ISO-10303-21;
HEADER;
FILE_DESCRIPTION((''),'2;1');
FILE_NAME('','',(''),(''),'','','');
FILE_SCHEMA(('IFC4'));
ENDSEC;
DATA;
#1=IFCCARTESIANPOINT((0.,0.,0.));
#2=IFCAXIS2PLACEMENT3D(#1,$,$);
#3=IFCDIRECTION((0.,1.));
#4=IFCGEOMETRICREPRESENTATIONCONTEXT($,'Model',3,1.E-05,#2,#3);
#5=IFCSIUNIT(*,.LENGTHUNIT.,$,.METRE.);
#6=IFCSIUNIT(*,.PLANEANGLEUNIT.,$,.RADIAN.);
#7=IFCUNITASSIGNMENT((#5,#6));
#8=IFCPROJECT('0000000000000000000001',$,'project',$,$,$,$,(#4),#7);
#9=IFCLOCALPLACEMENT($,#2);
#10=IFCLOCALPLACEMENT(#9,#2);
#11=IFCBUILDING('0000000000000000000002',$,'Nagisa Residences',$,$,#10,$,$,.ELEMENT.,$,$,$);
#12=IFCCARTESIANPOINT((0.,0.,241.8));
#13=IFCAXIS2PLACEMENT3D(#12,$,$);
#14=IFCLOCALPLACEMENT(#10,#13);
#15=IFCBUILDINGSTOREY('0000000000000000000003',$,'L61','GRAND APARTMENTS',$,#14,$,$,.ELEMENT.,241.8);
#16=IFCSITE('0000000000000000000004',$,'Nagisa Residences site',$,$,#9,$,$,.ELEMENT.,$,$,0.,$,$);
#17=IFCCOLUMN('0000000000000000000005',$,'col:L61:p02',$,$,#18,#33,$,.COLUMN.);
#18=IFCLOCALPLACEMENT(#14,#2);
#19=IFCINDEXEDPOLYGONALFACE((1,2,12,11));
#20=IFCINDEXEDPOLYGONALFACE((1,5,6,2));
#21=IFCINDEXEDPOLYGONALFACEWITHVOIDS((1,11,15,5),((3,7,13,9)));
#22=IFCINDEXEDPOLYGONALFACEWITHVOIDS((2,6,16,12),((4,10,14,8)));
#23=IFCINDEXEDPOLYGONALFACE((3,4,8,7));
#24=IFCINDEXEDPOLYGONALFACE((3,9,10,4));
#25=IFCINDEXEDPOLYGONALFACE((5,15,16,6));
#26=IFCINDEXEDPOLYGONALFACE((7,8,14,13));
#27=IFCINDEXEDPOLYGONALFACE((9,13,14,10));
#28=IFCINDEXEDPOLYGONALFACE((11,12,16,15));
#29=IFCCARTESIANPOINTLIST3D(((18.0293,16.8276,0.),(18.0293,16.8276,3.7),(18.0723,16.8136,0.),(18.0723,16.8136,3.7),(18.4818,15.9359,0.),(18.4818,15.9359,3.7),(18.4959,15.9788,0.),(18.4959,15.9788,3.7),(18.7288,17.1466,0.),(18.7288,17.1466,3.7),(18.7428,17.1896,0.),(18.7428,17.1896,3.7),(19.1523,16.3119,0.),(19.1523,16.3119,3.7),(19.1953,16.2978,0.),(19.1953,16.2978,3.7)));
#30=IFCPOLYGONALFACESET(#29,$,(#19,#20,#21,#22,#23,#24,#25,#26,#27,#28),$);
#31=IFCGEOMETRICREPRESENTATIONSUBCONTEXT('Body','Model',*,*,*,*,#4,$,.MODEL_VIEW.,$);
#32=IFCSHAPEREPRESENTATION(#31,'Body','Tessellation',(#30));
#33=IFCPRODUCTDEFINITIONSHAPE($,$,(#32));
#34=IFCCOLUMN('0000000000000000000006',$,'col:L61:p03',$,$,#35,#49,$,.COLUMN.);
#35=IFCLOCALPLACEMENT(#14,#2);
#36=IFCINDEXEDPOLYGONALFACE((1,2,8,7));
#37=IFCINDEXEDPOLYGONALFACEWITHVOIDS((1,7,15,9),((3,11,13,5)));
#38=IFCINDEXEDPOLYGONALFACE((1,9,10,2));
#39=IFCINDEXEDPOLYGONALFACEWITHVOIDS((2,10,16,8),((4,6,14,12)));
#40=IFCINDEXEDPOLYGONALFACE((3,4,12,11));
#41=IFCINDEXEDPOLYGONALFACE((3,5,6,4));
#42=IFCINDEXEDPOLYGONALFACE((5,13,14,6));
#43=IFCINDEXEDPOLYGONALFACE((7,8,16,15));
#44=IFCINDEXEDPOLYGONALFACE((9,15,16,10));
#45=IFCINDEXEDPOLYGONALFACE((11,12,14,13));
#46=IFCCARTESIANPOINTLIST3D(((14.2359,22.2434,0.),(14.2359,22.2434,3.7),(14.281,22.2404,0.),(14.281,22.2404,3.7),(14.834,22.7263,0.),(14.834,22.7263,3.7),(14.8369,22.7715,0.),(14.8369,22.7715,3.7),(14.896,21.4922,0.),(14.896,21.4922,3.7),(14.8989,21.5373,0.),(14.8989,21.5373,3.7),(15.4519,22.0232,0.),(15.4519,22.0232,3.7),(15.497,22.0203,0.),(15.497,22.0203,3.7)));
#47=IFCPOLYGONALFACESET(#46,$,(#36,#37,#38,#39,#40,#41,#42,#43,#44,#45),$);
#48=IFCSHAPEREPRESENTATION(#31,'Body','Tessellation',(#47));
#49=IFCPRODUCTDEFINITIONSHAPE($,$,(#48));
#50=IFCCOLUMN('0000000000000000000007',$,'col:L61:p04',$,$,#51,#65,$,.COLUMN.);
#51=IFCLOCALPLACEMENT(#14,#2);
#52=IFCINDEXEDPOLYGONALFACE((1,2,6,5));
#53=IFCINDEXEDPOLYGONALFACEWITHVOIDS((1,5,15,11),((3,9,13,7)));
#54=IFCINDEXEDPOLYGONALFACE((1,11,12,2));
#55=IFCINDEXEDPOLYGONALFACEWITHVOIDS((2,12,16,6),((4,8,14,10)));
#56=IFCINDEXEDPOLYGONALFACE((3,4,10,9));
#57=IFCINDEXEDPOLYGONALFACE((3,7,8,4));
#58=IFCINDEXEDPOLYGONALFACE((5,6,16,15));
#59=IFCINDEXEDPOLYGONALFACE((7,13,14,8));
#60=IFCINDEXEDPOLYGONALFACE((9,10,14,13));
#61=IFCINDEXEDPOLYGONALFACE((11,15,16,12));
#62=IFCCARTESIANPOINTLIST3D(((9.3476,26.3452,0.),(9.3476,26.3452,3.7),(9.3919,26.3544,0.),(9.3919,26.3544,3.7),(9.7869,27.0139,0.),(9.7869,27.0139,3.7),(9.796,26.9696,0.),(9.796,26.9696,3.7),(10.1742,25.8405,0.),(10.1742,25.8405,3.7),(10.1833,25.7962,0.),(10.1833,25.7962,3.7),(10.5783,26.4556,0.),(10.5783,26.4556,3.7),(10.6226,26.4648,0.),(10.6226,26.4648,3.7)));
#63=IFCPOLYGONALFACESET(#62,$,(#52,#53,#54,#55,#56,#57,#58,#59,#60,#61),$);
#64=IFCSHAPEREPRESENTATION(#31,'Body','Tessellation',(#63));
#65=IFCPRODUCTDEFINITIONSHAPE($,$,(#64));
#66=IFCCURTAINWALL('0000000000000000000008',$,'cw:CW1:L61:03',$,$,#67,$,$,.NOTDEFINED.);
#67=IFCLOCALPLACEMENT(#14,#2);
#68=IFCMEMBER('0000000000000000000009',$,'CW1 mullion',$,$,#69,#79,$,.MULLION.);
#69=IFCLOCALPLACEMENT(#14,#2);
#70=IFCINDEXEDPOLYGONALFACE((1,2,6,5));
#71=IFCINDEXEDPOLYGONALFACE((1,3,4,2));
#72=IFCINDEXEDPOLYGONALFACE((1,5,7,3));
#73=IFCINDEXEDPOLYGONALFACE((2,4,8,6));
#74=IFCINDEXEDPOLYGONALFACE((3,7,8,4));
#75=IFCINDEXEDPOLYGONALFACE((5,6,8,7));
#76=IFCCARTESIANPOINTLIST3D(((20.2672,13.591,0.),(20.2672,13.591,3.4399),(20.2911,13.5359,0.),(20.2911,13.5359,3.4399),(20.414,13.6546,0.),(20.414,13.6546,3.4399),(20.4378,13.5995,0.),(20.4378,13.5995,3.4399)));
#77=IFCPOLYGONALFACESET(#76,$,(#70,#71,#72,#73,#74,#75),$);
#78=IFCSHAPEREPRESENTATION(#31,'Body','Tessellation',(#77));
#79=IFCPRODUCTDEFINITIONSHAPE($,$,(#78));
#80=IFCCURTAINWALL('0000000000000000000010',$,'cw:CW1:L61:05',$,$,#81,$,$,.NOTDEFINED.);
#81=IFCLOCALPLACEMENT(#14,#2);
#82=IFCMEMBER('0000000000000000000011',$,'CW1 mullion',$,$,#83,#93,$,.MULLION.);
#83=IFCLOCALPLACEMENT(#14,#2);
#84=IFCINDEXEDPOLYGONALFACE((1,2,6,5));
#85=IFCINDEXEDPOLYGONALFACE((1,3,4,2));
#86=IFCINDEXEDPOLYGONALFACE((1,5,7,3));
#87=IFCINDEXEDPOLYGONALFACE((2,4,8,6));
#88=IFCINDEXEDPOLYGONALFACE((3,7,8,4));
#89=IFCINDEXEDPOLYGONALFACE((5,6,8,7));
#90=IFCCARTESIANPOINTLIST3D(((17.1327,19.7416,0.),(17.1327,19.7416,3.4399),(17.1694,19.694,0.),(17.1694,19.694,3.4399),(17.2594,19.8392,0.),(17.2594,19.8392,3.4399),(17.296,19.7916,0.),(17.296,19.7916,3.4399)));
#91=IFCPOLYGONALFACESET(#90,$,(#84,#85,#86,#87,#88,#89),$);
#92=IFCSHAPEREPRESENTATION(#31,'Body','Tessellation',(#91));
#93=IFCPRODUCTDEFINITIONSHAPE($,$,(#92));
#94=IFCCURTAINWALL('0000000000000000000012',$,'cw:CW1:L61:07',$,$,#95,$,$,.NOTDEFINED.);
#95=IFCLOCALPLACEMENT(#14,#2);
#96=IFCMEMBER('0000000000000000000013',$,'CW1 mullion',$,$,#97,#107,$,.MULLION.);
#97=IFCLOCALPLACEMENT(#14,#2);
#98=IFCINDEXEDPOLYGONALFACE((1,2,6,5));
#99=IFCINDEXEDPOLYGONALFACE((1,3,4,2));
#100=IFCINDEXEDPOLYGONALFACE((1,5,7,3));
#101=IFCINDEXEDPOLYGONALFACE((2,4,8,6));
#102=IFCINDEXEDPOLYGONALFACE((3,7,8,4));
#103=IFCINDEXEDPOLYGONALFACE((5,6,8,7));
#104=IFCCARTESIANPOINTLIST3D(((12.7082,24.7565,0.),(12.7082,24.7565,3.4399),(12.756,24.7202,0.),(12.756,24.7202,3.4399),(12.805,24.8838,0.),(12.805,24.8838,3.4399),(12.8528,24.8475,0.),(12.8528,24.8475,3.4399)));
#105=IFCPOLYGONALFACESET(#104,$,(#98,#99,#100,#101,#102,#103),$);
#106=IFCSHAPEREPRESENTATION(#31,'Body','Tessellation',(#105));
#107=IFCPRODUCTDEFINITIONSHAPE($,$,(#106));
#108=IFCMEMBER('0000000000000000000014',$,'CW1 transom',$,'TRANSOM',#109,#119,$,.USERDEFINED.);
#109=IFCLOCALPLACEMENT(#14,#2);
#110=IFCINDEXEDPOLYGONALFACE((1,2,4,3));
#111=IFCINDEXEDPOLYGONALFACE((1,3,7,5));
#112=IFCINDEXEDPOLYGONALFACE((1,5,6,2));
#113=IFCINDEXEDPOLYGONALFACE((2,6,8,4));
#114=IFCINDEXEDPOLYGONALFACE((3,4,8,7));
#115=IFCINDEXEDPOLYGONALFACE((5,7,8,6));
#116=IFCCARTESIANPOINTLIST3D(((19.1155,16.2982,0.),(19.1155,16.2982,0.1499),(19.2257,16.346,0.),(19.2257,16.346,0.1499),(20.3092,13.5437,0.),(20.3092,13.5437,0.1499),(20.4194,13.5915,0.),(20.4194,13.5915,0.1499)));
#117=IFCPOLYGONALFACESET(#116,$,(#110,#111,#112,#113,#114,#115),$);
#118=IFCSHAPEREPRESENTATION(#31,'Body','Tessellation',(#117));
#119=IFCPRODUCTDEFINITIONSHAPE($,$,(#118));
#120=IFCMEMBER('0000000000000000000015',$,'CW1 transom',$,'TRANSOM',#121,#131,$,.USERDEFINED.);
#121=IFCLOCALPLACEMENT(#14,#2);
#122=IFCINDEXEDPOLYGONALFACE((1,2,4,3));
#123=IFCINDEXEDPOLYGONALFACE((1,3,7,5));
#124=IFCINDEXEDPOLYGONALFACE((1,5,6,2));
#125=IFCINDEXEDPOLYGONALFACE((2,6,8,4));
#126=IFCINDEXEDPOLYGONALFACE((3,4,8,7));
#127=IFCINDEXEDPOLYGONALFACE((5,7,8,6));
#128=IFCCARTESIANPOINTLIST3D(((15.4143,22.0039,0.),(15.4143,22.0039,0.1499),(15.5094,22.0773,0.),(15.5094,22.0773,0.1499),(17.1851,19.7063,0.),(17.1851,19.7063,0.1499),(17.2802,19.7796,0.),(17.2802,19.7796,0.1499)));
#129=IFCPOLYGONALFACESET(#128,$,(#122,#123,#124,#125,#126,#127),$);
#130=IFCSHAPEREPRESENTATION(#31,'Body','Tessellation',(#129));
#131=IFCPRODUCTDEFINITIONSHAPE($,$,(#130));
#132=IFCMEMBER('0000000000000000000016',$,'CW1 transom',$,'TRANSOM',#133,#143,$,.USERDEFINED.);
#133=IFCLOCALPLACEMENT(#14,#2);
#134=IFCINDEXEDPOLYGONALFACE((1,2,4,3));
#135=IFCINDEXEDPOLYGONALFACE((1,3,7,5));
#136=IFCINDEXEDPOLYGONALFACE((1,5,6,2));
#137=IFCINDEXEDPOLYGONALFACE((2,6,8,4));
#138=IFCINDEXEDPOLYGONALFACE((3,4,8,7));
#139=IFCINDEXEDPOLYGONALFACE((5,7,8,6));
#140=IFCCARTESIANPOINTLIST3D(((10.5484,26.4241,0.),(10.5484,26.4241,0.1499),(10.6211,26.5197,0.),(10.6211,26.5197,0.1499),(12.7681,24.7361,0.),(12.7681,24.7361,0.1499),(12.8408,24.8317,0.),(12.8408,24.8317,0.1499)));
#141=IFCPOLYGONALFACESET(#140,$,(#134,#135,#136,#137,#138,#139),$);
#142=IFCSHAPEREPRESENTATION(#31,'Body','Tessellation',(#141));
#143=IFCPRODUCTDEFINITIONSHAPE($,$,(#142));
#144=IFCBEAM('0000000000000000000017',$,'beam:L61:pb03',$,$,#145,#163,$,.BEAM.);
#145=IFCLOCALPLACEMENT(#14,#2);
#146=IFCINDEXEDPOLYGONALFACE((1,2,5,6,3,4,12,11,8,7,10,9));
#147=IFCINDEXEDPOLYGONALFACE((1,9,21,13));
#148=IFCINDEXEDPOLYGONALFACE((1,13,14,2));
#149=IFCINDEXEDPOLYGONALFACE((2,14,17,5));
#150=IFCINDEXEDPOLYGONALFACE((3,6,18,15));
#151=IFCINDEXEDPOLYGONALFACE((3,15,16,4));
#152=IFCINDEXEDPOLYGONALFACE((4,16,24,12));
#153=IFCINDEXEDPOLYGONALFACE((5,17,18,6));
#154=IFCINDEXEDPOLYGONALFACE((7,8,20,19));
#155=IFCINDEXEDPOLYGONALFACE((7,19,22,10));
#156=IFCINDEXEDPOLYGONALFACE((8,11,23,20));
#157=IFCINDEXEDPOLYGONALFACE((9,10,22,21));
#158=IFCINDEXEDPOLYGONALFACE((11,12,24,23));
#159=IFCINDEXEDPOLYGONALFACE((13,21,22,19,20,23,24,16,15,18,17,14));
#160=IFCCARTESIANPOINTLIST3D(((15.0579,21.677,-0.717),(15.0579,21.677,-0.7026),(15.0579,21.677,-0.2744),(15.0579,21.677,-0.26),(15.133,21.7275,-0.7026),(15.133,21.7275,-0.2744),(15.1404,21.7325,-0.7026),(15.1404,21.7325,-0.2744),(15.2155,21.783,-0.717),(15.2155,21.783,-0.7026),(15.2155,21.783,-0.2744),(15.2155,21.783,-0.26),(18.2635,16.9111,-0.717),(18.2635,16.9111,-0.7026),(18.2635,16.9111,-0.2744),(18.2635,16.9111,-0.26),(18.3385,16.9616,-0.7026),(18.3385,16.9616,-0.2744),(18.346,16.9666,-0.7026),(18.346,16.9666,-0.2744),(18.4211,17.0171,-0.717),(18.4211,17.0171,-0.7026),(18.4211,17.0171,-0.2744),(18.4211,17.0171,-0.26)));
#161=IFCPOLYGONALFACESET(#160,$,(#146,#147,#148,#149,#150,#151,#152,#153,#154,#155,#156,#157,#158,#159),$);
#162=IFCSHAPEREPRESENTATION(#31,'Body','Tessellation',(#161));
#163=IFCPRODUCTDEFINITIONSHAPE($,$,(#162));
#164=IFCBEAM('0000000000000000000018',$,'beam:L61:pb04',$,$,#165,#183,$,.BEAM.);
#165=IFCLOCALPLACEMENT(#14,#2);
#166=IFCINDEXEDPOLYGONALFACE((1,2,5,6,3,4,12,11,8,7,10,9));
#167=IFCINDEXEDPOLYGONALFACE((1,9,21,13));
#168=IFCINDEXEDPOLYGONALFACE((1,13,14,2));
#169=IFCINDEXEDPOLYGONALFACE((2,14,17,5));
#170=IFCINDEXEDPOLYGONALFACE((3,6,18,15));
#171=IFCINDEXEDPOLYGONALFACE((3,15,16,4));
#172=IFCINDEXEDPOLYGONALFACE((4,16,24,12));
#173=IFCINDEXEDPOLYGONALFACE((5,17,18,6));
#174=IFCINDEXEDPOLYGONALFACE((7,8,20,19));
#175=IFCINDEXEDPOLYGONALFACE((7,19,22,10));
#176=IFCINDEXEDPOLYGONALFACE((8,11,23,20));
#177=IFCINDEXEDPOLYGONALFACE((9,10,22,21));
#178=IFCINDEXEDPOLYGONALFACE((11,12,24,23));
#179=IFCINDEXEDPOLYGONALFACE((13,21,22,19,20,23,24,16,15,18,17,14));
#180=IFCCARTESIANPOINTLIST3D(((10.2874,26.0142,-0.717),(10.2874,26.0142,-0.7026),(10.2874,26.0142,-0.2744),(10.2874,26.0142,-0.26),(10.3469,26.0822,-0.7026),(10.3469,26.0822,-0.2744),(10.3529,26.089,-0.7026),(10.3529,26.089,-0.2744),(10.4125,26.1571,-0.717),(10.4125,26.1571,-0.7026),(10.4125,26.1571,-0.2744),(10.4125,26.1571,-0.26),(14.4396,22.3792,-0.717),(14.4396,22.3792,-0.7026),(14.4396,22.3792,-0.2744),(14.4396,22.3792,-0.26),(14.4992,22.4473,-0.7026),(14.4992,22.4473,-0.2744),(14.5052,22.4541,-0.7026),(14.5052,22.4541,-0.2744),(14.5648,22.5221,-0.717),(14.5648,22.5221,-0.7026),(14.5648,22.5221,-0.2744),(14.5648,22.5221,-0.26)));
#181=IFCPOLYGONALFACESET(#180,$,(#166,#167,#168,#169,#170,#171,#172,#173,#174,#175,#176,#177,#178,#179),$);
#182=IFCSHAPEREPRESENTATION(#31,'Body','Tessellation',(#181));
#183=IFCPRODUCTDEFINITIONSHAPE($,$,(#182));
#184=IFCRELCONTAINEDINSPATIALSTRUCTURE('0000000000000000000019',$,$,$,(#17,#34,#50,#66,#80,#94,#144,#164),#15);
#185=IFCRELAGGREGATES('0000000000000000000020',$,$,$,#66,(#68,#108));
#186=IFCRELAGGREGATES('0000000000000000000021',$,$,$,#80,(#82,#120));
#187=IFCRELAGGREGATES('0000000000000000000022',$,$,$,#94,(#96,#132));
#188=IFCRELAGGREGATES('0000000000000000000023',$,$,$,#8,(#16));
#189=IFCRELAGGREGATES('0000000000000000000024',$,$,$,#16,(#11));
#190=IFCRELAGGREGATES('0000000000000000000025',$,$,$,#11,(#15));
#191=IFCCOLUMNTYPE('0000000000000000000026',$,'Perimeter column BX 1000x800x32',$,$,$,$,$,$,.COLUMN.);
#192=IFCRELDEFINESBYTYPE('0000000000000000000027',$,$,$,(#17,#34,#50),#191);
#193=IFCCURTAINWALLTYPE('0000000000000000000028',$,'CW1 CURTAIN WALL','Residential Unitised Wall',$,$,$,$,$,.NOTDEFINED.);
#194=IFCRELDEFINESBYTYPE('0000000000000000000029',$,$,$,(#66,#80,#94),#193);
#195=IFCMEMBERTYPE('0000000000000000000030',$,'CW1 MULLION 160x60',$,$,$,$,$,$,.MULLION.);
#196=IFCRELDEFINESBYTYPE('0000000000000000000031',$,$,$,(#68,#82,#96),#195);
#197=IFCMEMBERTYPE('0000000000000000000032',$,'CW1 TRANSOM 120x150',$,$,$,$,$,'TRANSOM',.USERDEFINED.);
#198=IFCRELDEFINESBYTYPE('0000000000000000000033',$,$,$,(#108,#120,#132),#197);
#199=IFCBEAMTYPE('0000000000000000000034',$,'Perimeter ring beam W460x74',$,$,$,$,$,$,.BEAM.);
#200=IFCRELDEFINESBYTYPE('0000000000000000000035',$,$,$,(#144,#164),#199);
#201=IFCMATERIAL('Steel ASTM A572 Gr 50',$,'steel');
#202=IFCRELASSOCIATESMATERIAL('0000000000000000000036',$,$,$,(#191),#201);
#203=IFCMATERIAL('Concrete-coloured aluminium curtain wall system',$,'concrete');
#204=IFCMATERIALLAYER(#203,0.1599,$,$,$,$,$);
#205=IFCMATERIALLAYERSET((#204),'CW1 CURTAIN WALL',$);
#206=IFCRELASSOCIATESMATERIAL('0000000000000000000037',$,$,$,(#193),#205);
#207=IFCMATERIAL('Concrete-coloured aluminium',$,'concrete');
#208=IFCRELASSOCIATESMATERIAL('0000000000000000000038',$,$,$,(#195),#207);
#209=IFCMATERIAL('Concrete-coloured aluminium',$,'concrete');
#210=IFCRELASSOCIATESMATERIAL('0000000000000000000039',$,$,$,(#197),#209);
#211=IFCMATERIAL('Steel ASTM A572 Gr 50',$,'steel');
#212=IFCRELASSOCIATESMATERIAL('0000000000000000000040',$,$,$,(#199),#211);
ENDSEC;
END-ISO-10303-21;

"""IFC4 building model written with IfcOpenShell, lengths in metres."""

from ifc_helpers import new_model, si_unit, direction, frame, origin, origin_2d, place, context, subcontext, project, spatial, rectangle, hollow_rectangle, i_section, extrude, material, layer, layer_set, material_profile, profile_set, type_object, element, aggregate, save


model = new_model("IFC4")

# Units and contexts
model_context = context("Model", 3, precision=1e-05, world=origin(), true_north=direction((0.0, 1.0)))
body_context = subcontext(model_context, "Body", "Model", "MODEL_VIEW")
ifc_project = project(units=[si_unit("LENGTHUNIT", "METRE"), si_unit("PLANEANGLEUNIT", "RADIAN")], contexts=[model_context])

# Site, building, storey
site_placement = place(None, origin())
site = spatial("IfcSite", under=ifc_project, at=site_placement, Name="Nagisa Residences site", CompositionType="ELEMENT", RefElevation=0.0)
building_placement = place(site_placement, origin())
building = spatial("IfcBuilding", under=site, at=building_placement, Name="Nagisa Residences", CompositionType="ELEMENT")
storey_placement = place(building_placement, frame((0.0, 0.0, 241.8)))
storey = spatial("IfcBuildingStorey", under=building, at=storey_placement, Name="L61", Description="GRAND APARTMENTS", CompositionType="ELEMENT", Elevation=241.8)

# Columns
ifc_material_1 = material(Name="Steel ASTM A572 Gr 50", Category="steel")
ifc_material_profile_1 = material_profile(ifc_material_1, hollow_rectangle(XDim=1.0, YDim=0.8, WallThickness=0.032, at=origin_2d()), Name="BX 1000x800x32")
ifc_profile_set_1 = profile_set([ifc_material_profile_1], Name="Steel ASTM A572 Gr 50")
column_type = type_object("IfcColumnType", Name="Perimeter column BX 1000x800x32", PredefinedType="COLUMN", material=ifc_profile_set_1)
for number, where, z_axis, x_axis, name in (
    (1, (18.6123, 16.5627, 0.0), (0.0, 0.0, 1.0), (-0.452463, 0.891783, 0.0), "col:L61:p02"),
    (2, (14.8665, 22.1318, 0.0), (0.0, 0.0, 1.0), (-0.660115, 0.751165, 0.0), "col:L61:p03"),
    (3, (9.9851, 26.405, 0.0), (0.0, 0.0, 1.0), (-0.835766, 0.549086, 0.0), "col:L61:p04"),
):
    element("IfcColumn", number, at=place(storey_placement, frame(where, z_axis=z_axis, x_axis=x_axis)), inside=storey, type_object=column_type, Name=name, PredefinedType="COLUMN", context=body_context, shape_type="SweptSolid", body=[
        extrude(hollow_rectangle(XDim=1.0, YDim=0.8, WallThickness=0.032, at=origin_2d()), origin(), (0.0, 0.0, 1.0), 3.7),
    ])

# Curtain walls, members
ifc_material_2 = material(Name="Concrete-coloured aluminium curtain wall system", Category="concrete")
ifc_layer_1 = layer(ifc_material_2, 0.1599)
ifc_layer_set_1 = layer_set([ifc_layer_1], Name="CW1 CURTAIN WALL")
curtain_wall_type = type_object("IfcCurtainWallType", Name="CW1 CURTAIN WALL", Description="Residential Unitised Wall", PredefinedType="NOTDEFINED", material=ifc_layer_set_1)
curtain_wall_1_placement = place(storey_placement, origin())
curtain_wall_1 = element("IfcCurtainWall", 4, at=curtain_wall_1_placement, inside=storey, type_object=curtain_wall_type, Name="cw:CW1:L61:03", PredefinedType="NOTDEFINED")
ifc_material_3 = material(Name="Concrete-coloured aluminium", Category="concrete")
ifc_material_profile_2 = material_profile(ifc_material_3, rectangle(XDim=0.1599, YDim=0.0601, at=origin_2d()), Name="CW1 MULLION 160x60")
ifc_profile_set_2 = profile_set([ifc_material_profile_2], Name="Concrete-coloured aluminium")
member_type_1 = type_object("IfcMemberType", Name="CW1 MULLION 160x60", PredefinedType="MULLION", material=ifc_profile_set_2)
member_1_placement = place(storey_placement, frame((20.3525, 13.5952, 0.0), z_axis=(0.0, 0.0, 1.0), x_axis=(-0.917543, -0.397636, 0.0)))
member_1 = element("IfcMember", 5, at=member_1_placement, type_object=member_type_1, Name="CW1 mullion", PredefinedType="MULLION", context=body_context, shape_type="SweptSolid", body=[
    extrude(rectangle(XDim=0.1599, YDim=0.0601, at=origin_2d()), origin(), (0.0, 0.0, 1.0), 3.4399),
])
curtain_wall_2_placement = place(storey_placement, origin())
curtain_wall_2 = element("IfcCurtainWall", 6, at=curtain_wall_2_placement, inside=storey, type_object=curtain_wall_type, Name="cw:CW1:L61:05", PredefinedType="NOTDEFINED")
member_2_placement = place(storey_placement, frame((17.2144, 19.7666, 0.0), z_axis=(0.0, 0.0, 1.0), x_axis=(-0.79207, -0.61043, 0.0)))
member_2 = element("IfcMember", 7, at=member_2_placement, type_object=member_type_1, Name="CW1 mullion", PredefinedType="MULLION", context=body_context, shape_type="SweptSolid", body=[
    extrude(rectangle(XDim=0.1599, YDim=0.0601, at=origin_2d()), origin(), (0.0, 0.0, 1.0), 3.4399),
])
curtain_wall_3_placement = place(storey_placement, origin())
curtain_wall_3 = element("IfcCurtainWall", 8, at=curtain_wall_3_placement, inside=storey, type_object=curtain_wall_type, Name="cw:CW1:L61:07", PredefinedType="NOTDEFINED")
member_3_placement = place(storey_placement, frame((12.7805, 24.802, 0.0), z_axis=(0.0, 0.0, 1.0), x_axis=(-0.605255, -0.796031, 0.0)))
member_3 = element("IfcMember", 9, at=member_3_placement, type_object=member_type_1, Name="CW1 mullion", PredefinedType="MULLION", context=body_context, shape_type="SweptSolid", body=[
    extrude(rectangle(XDim=0.1599, YDim=0.0601, at=origin_2d()), origin(), (0.0, 0.0, 1.0), 3.4399),
])

# Members
ifc_material_4 = material(Name="Concrete-coloured aluminium", Category="concrete")
ifc_material_profile_3 = material_profile(ifc_material_4, rectangle(XDim=0.1201, YDim=0.1499, at=origin_2d()), Name="CW1 TRANSOM 120x150")
ifc_profile_set_3 = profile_set([ifc_material_profile_3], Name="Concrete-coloured aluminium")
member_type_2 = type_object("IfcMemberType", Name="CW1 TRANSOM 120x150", ElementType="TRANSOM", PredefinedType="USERDEFINED", material=ifc_profile_set_3)
member_4_placement = place(storey_placement, frame((20.3643, 13.5676, 0.075), z_axis=(-0.397617, 0.917552, 0.0), x_axis=(-0.917552, -0.397617, 0.0)))
member_4 = element("IfcMember", 10, at=member_4_placement, type_object=member_type_2, Name="CW1 transom", ObjectType="TRANSOM", PredefinedType="USERDEFINED", context=body_context, shape_type="SweptSolid", body=[
    extrude(rectangle(XDim=0.1201, YDim=0.1499, at=origin_2d()), origin(), (0.0, 0.0, 1.0), 3.002),
])
member_5_placement = place(storey_placement, frame((17.2327, 19.7429, 0.075), z_axis=(-0.610439, 0.792064, 0.0), x_axis=(-0.792064, -0.610439, 0.0)))
member_5 = element("IfcMember", 11, at=member_5_placement, type_object=member_type_2, Name="CW1 transom", ObjectType="TRANSOM", PredefinedType="USERDEFINED", context=body_context, shape_type="SweptSolid", body=[
    extrude(rectangle(XDim=0.1201, YDim=0.1499, at=origin_2d()), origin(), (0.0, 0.0, 1.0), 2.9009),
])
member_6_placement = place(storey_placement, frame((12.8044, 24.7839, 0.075), z_axis=(-0.79599, 0.60531, 0.0), x_axis=(-0.60531, -0.79599, 0.0)))
member_6 = element("IfcMember", 12, at=member_6_placement, type_object=member_type_2, Name="CW1 transom", ObjectType="TRANSOM", PredefinedType="USERDEFINED", context=body_context, shape_type="SweptSolid", body=[
    extrude(rectangle(XDim=0.1201, YDim=0.1499, at=origin_2d()), origin(), (0.0, 0.0, 1.0), 2.7886),
])

# Beams
ifc_material_5 = material(Name="Steel ASTM A572 Gr 50", Category="steel")
ifc_material_profile_4 = material_profile(ifc_material_5, i_section(OverallWidth=0.1899, OverallDepth=0.457, WebThickness=0.009, FlangeThickness=0.0144, at=origin_2d()), Name="W460x74")
ifc_profile_set_4 = profile_set([ifc_material_profile_4], Name="Steel ASTM A572 Gr 50")
beam_type_1 = type_object("IfcBeamType", Name="Perimeter ring beam W460x74", PredefinedType="BEAM", material=ifc_profile_set_4)
beam_1_placement = place(storey_placement, frame((18.3423, 16.9641, -0.4885), z_axis=(-0.558109, 0.829768, 0.0), x_axis=(-0.829768, -0.558109, 0.0)))
element("IfcBeam", 13, at=beam_1_placement, inside=storey, type_object=beam_type_1, Name="beam:L61:pb03", PredefinedType="BEAM", context=body_context, shape_type="SweptSolid", body=[
    extrude(i_section(OverallWidth=0.1899, OverallDepth=0.457, WebThickness=0.009, FlangeThickness=0.0144, at=origin_2d()), origin(), (0.0, 0.0, 1.0), 5.7437),
])
beam_2_placement = place(storey_placement, frame((14.5022, 22.4507, -0.4885), z_axis=(-0.752423, 0.65868, 0.0), x_axis=(-0.65868, -0.752423, 0.0)))
element("IfcBeam", 14, at=beam_2_placement, inside=storey, type_object=beam_type_1, Name="beam:L61:pb04", PredefinedType="BEAM", context=body_context, shape_type="SweptSolid", body=[
    extrude(i_section(OverallWidth=0.1899, OverallDepth=0.457, WebThickness=0.009, FlangeThickness=0.0144, at=origin_2d()), origin(), (0.0, 0.0, 1.0), 5.5186),
])

aggregate(curtain_wall_1, [member_1, member_4])
aggregate(curtain_wall_2, [member_2, member_5])
aggregate(curtain_wall_3, [member_3, member_6])

save(model, "model.ifc")
